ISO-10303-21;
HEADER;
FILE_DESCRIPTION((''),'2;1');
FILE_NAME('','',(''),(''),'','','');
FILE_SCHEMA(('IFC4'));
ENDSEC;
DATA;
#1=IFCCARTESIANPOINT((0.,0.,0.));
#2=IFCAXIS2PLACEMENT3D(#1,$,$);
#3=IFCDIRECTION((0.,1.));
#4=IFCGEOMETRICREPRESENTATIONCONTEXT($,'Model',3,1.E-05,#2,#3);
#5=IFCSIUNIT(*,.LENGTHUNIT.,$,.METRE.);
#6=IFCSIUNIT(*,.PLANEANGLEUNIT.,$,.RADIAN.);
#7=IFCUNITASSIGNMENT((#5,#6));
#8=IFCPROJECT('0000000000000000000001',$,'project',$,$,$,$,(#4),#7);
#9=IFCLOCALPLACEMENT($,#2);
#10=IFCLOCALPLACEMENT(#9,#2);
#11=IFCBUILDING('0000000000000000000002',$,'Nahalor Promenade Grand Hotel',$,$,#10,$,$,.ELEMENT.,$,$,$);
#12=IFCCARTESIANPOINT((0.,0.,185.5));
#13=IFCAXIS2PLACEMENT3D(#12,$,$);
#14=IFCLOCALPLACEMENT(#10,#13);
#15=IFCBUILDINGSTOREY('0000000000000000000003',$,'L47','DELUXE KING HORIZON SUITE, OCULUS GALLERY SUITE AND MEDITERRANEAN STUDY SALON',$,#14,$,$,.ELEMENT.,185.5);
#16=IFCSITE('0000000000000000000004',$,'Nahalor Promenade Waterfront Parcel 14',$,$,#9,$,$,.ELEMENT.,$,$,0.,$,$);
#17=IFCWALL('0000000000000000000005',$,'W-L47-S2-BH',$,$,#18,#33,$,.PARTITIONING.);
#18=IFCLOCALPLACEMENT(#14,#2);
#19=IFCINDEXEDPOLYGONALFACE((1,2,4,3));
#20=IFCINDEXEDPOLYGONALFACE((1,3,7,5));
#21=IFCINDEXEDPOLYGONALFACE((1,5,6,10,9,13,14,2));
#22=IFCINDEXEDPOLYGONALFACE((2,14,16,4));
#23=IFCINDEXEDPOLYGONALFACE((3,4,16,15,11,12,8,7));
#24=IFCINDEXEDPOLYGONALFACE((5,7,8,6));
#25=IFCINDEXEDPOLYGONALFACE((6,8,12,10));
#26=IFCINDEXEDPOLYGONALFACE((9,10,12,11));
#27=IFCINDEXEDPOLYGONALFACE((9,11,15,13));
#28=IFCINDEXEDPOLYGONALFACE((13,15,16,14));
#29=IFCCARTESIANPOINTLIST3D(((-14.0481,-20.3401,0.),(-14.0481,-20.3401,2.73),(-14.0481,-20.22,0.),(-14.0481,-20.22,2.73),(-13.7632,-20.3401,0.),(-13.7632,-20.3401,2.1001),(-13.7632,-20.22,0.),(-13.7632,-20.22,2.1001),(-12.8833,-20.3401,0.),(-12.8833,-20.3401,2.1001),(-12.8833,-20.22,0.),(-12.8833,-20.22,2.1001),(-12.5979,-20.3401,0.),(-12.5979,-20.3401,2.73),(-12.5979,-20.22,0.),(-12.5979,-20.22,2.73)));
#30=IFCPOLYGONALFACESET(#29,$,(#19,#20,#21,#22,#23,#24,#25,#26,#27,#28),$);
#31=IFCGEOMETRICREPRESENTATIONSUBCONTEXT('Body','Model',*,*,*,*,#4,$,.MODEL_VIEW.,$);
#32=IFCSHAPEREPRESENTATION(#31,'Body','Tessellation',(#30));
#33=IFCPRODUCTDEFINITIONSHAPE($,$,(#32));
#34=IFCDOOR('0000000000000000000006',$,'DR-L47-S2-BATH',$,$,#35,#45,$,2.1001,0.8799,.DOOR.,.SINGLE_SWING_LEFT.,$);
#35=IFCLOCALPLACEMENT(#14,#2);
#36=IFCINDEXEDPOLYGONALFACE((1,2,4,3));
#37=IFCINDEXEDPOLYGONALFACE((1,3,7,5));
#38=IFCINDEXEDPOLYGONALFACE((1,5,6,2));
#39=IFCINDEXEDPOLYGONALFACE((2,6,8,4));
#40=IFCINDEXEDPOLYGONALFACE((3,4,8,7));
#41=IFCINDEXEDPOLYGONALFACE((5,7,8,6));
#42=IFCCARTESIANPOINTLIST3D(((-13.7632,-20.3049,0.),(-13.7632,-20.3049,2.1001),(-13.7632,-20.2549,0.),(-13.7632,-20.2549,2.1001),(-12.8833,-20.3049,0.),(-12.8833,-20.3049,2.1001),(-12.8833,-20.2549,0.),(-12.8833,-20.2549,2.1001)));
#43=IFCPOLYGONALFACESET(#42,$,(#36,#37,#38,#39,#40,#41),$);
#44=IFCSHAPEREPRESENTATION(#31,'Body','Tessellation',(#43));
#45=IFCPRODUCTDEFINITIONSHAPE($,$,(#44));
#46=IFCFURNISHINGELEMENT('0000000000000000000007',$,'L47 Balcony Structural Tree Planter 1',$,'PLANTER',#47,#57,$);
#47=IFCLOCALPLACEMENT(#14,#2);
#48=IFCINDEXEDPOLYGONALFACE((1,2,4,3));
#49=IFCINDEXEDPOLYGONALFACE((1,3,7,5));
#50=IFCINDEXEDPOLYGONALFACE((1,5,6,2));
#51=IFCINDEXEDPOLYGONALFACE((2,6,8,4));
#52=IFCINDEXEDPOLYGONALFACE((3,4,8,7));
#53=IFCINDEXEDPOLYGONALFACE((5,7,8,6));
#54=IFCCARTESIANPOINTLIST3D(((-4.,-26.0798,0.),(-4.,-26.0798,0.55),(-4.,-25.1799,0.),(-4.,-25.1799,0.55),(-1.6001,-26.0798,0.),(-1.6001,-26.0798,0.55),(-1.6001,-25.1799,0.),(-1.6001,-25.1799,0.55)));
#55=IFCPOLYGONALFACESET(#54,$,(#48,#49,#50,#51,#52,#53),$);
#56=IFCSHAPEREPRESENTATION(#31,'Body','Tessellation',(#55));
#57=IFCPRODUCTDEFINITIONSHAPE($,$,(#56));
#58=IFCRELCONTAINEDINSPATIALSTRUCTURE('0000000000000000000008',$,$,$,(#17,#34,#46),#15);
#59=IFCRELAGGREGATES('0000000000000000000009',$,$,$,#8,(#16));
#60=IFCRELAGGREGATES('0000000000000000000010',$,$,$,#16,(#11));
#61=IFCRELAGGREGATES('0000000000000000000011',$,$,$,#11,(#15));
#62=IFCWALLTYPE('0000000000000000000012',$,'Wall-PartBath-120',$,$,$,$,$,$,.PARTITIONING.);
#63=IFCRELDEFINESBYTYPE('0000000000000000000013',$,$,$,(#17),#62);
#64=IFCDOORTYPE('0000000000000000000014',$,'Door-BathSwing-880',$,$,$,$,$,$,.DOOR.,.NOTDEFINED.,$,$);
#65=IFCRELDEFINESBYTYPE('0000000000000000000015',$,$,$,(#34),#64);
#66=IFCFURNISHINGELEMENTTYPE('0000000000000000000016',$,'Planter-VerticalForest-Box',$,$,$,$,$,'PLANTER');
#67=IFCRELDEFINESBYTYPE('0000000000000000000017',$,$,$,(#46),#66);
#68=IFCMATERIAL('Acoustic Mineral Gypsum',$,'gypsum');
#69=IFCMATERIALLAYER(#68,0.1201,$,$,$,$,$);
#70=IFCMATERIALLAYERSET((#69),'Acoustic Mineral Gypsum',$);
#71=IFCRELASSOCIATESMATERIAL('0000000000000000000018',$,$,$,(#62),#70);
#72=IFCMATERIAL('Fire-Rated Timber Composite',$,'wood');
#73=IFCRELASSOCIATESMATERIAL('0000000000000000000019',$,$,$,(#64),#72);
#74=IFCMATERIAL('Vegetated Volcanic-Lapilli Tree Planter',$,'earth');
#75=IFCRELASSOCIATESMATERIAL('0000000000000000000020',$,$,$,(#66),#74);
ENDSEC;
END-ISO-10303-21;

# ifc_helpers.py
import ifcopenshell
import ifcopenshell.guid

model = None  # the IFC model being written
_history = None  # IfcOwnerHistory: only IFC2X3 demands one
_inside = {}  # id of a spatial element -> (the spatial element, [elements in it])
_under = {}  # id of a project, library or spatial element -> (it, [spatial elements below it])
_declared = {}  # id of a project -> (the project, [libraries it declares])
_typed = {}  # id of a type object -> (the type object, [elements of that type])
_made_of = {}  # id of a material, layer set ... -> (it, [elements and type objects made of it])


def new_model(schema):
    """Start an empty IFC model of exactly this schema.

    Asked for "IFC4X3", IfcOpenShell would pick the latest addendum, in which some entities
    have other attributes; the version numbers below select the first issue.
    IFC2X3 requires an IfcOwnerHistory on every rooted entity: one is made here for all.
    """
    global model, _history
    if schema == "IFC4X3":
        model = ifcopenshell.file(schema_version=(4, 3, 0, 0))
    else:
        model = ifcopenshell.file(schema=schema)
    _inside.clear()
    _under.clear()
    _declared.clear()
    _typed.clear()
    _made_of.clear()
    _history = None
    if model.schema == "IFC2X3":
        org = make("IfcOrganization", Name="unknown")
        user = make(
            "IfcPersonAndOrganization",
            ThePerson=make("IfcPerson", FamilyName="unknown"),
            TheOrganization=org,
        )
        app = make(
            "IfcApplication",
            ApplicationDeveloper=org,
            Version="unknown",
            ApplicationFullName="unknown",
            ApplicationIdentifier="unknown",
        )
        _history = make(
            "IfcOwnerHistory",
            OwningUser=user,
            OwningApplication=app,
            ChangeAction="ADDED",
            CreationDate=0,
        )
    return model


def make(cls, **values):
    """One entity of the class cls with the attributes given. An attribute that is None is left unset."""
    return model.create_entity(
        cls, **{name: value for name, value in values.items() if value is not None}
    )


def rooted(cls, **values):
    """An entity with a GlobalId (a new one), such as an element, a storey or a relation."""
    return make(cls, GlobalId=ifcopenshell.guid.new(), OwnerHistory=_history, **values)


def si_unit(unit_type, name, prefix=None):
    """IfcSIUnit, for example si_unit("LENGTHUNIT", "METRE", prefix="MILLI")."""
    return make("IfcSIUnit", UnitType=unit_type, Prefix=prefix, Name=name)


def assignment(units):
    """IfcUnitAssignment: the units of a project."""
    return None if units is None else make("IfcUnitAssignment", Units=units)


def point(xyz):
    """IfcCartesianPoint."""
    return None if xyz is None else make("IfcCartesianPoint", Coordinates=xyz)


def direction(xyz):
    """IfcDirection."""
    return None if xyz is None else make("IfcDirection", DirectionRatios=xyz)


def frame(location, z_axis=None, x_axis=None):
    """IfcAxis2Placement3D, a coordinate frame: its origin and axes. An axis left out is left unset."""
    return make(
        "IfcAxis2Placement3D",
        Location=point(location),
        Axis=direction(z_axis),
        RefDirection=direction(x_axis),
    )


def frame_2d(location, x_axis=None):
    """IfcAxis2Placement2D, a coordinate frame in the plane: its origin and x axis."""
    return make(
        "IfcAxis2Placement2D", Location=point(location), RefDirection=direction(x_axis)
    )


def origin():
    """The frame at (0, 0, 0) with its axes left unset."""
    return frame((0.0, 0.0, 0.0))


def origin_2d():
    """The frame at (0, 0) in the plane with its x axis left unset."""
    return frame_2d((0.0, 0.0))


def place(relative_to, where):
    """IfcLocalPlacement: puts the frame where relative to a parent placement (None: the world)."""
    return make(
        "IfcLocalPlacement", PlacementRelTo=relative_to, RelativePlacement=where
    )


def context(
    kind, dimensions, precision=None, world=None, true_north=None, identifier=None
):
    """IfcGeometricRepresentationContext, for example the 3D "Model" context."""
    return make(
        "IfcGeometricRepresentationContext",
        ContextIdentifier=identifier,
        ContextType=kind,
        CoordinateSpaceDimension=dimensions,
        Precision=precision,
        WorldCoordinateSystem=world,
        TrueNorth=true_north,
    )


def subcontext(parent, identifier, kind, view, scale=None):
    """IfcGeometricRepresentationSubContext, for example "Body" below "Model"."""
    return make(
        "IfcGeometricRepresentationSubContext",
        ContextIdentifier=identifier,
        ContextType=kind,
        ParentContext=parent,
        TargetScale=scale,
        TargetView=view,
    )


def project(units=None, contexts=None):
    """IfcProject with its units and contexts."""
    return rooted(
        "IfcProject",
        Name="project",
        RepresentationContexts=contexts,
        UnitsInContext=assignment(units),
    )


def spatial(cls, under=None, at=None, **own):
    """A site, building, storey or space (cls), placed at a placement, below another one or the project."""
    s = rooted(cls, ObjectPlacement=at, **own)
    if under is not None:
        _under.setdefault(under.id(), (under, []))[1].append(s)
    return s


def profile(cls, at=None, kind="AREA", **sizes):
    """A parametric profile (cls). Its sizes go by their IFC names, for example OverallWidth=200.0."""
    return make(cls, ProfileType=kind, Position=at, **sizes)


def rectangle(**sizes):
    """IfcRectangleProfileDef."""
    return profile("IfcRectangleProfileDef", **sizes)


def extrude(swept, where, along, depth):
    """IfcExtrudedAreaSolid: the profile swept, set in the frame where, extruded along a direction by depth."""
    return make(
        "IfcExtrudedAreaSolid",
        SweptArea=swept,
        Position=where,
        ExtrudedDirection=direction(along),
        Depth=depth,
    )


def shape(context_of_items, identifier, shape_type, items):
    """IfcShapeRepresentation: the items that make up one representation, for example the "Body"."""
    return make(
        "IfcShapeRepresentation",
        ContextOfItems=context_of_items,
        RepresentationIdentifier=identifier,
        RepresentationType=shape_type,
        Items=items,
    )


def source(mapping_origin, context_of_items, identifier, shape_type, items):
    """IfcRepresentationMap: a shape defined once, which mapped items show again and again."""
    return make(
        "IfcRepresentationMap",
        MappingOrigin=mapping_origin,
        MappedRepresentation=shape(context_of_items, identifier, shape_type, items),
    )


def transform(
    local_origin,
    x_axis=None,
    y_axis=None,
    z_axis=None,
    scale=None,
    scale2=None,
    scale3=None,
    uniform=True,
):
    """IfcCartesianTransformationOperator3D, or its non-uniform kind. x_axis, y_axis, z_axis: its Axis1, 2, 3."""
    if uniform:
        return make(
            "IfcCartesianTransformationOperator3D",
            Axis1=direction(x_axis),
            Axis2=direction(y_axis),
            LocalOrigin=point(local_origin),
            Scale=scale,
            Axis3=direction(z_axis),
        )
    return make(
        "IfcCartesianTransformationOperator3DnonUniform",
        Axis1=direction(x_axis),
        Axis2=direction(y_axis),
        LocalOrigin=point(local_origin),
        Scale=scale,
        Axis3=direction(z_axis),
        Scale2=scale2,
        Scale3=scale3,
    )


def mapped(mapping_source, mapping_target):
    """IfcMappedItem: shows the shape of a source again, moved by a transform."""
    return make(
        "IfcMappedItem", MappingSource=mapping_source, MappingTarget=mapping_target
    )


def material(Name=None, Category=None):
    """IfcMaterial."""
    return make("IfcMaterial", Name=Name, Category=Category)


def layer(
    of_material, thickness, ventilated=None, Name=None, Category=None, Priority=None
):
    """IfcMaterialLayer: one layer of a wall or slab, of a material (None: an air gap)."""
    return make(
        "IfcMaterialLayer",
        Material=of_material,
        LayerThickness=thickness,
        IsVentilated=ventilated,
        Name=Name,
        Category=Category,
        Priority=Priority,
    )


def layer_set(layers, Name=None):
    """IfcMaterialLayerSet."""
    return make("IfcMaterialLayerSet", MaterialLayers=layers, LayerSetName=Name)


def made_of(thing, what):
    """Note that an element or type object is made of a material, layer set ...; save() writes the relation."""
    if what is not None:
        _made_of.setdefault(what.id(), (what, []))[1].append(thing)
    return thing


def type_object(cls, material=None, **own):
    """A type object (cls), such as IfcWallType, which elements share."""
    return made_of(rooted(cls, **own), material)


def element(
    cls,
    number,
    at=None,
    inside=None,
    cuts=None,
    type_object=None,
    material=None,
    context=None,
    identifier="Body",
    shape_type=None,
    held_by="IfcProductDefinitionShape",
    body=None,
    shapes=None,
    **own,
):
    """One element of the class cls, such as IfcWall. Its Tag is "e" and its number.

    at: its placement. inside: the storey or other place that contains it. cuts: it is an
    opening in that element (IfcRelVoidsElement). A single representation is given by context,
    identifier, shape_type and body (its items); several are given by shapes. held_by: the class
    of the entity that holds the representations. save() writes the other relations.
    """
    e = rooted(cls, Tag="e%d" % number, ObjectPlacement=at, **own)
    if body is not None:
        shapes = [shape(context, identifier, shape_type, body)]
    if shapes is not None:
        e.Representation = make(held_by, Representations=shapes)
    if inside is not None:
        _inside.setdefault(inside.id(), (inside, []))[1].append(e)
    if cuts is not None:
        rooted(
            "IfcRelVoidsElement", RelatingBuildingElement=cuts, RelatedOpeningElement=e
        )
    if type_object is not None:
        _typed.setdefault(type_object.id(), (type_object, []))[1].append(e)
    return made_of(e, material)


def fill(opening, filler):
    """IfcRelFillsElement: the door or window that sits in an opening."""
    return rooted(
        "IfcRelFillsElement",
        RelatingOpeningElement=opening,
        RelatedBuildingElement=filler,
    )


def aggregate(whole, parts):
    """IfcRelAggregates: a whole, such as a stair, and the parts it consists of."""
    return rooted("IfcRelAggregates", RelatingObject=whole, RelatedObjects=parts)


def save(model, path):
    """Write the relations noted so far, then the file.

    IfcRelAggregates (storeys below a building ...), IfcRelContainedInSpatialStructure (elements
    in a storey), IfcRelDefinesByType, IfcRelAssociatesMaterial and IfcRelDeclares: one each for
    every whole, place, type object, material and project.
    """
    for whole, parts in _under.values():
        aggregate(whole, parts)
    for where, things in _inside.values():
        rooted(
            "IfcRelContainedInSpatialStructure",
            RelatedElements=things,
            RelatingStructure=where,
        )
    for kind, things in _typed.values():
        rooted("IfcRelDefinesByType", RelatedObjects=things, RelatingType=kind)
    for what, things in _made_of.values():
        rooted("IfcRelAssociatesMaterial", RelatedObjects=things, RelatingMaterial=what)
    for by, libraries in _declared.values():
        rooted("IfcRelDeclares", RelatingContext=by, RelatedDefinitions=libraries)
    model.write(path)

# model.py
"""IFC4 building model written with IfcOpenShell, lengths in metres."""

from ifc_helpers import new_model, si_unit, direction, frame, frame_2d, origin, origin_2d, place, context, subcontext, project, spatial, rectangle, extrude, source, transform, mapped, material, layer, layer_set, type_object, element, fill, save


model = new_model("IFC4")

# Units and contexts
model_context = context("Model", 3, precision=1e-05, world=origin(), true_north=direction((0.0, 1.0)))
body_context = subcontext(model_context, "Body", "Model", "MODEL_VIEW")
ifc_project = project(units=[si_unit("LENGTHUNIT", "METRE"), si_unit("PLANEANGLEUNIT", "RADIAN")], contexts=[model_context])

# Site, building, storey
site_placement = place(None, origin())
site = spatial("IfcSite", under=ifc_project, at=site_placement, Name="Nahalor Promenade Waterfront Parcel 14", CompositionType="ELEMENT", RefElevation=0.0)
building_placement = place(site_placement, origin())
building = spatial("IfcBuilding", under=site, at=building_placement, Name="Nahalor Promenade Grand Hotel", CompositionType="ELEMENT")
storey_placement = place(building_placement, frame((0.0, 0.0, 185.5)))
storey = spatial("IfcBuildingStorey", under=building, at=storey_placement, Name="L47", Description="DELUXE KING HORIZON SUITE, OCULUS GALLERY SUITE AND MEDITERRANEAN STUDY SALON", CompositionType="ELEMENT", Elevation=185.5)

# Shared definitions
ifc_material_1 = material(Name="Acoustic Mineral Gypsum", Category="gypsum")
ifc_layer_1 = layer(ifc_material_1, 0.1201)
ifc_layer_set_1 = layer_set([ifc_layer_1], Name="Acoustic Mineral Gypsum")
wall_type_1 = type_object("IfcWallType", Name="Wall-PartBath-120", PredefinedType="PARTITIONING", material=ifc_layer_set_1)

# Wall, opening, door
shared_shape_1 = source(origin(), body_context, "Body", "SweptSolid", [
    extrude(rectangle(XDim=1.4502, YDim=0.1201, at=frame_2d((0.7251, 0.0))), origin(), (0.0, 0.0, 1.0), 2.73),
])
wall_1_placement = place(storey_placement, frame((-14.0481, -20.28, 0.0), z_axis=(0.0, 0.0, 1.0), x_axis=(1.0, 0.0, 0.0)))
wall_1 = element("IfcWall", 1, at=wall_1_placement, inside=storey, type_object=wall_type_1, Name="W-L47-S2-BH", PredefinedType="PARTITIONING", context=body_context, shape_type="MappedRepresentation", body=[
    mapped(shared_shape_1, transform((0.0, 0.0, 0.0), scale=1.0)),
])
opening_1_placement = place(wall_1_placement, frame((0.2849, 0.0, 0.0)))
opening_1 = element("IfcOpeningElement", 2, at=opening_1_placement, cuts=wall_1, PredefinedType="OPENING", context=body_context, shape_type="SweptSolid", body=[
    extrude(rectangle(XDim=0.8799, YDim=2.1001, at=frame_2d((0.4399, 1.05))), frame((0.0, 0.0701, 0.0), z_axis=(0.0, -1.0, 0.0), x_axis=(1.0, 0.0, 0.0)), (0.0, 0.0, 1.0), 0.1401),
])
ifc_material_2 = material(Name="Fire-Rated Timber Composite", Category="wood")
door_type_1 = type_object("IfcDoorType", Name="Door-BathSwing-880", OperationType="NOTDEFINED", PredefinedType="DOOR", material=ifc_material_2)
shared_shape_2 = source(origin(), body_context, "Body", "SweptSolid", [
    extrude(rectangle(XDim=0.8799, YDim=2.1001, at=frame_2d((0.4399, 1.05))), frame((0.0, 0.0249, 0.0), z_axis=(0.0, -1.0, 0.0), x_axis=(1.0, 0.0, 0.0)), (0.0, 0.0, 1.0), 0.05),
])
door_1_placement = place(opening_1_placement, frame((0.8799, 0.0, 0.0), z_axis=(0.0, 0.0, 1.0), x_axis=(-1.0, 0.0, 0.0)))
door_1 = element("IfcDoor", 3, at=door_1_placement, inside=storey, type_object=door_type_1, Name="DR-L47-S2-BATH", OperationType="SINGLE_SWING_LEFT", OverallHeight=2.1001, OverallWidth=0.8799, PredefinedType="DOOR", context=body_context, shape_type="MappedRepresentation", body=[
    mapped(shared_shape_2, transform((0.0, 0.0, 0.0), scale=1.0)),
])
fill(opening_1, door_1)

# Furnishing element
ifc_material_3 = material(Name="Vegetated Volcanic-Lapilli Tree Planter", Category="earth")
furnishing_element_type = type_object("IfcFurnishingElementType", Name="Planter-VerticalForest-Box", ElementType="PLANTER", material=ifc_material_3)
shared_shape_3 = source(origin(), body_context, "Body", "SweptSolid", [
    extrude(rectangle(XDim=2.3999, YDim=0.8999, at=origin_2d()), origin(), (0.0, 0.0, 1.0), 0.55),
])
furnishing_placement = place(storey_placement, frame((-2.8, -25.6299, 0.0), z_axis=(0.0, 0.0, 1.0), x_axis=(1.0, 0.0, 0.0)))
element("IfcFurnishingElement", 4, at=furnishing_placement, inside=storey, type_object=furnishing_element_type, Name="L47 Balcony Structural Tree Planter 1", ObjectType="PLANTER", context=body_context, shape_type="MappedRepresentation", body=[
    mapped(shared_shape_3, transform((0.0, 0.0, 0.0), scale=1.0)),
])

save(model, "model.ifc")
